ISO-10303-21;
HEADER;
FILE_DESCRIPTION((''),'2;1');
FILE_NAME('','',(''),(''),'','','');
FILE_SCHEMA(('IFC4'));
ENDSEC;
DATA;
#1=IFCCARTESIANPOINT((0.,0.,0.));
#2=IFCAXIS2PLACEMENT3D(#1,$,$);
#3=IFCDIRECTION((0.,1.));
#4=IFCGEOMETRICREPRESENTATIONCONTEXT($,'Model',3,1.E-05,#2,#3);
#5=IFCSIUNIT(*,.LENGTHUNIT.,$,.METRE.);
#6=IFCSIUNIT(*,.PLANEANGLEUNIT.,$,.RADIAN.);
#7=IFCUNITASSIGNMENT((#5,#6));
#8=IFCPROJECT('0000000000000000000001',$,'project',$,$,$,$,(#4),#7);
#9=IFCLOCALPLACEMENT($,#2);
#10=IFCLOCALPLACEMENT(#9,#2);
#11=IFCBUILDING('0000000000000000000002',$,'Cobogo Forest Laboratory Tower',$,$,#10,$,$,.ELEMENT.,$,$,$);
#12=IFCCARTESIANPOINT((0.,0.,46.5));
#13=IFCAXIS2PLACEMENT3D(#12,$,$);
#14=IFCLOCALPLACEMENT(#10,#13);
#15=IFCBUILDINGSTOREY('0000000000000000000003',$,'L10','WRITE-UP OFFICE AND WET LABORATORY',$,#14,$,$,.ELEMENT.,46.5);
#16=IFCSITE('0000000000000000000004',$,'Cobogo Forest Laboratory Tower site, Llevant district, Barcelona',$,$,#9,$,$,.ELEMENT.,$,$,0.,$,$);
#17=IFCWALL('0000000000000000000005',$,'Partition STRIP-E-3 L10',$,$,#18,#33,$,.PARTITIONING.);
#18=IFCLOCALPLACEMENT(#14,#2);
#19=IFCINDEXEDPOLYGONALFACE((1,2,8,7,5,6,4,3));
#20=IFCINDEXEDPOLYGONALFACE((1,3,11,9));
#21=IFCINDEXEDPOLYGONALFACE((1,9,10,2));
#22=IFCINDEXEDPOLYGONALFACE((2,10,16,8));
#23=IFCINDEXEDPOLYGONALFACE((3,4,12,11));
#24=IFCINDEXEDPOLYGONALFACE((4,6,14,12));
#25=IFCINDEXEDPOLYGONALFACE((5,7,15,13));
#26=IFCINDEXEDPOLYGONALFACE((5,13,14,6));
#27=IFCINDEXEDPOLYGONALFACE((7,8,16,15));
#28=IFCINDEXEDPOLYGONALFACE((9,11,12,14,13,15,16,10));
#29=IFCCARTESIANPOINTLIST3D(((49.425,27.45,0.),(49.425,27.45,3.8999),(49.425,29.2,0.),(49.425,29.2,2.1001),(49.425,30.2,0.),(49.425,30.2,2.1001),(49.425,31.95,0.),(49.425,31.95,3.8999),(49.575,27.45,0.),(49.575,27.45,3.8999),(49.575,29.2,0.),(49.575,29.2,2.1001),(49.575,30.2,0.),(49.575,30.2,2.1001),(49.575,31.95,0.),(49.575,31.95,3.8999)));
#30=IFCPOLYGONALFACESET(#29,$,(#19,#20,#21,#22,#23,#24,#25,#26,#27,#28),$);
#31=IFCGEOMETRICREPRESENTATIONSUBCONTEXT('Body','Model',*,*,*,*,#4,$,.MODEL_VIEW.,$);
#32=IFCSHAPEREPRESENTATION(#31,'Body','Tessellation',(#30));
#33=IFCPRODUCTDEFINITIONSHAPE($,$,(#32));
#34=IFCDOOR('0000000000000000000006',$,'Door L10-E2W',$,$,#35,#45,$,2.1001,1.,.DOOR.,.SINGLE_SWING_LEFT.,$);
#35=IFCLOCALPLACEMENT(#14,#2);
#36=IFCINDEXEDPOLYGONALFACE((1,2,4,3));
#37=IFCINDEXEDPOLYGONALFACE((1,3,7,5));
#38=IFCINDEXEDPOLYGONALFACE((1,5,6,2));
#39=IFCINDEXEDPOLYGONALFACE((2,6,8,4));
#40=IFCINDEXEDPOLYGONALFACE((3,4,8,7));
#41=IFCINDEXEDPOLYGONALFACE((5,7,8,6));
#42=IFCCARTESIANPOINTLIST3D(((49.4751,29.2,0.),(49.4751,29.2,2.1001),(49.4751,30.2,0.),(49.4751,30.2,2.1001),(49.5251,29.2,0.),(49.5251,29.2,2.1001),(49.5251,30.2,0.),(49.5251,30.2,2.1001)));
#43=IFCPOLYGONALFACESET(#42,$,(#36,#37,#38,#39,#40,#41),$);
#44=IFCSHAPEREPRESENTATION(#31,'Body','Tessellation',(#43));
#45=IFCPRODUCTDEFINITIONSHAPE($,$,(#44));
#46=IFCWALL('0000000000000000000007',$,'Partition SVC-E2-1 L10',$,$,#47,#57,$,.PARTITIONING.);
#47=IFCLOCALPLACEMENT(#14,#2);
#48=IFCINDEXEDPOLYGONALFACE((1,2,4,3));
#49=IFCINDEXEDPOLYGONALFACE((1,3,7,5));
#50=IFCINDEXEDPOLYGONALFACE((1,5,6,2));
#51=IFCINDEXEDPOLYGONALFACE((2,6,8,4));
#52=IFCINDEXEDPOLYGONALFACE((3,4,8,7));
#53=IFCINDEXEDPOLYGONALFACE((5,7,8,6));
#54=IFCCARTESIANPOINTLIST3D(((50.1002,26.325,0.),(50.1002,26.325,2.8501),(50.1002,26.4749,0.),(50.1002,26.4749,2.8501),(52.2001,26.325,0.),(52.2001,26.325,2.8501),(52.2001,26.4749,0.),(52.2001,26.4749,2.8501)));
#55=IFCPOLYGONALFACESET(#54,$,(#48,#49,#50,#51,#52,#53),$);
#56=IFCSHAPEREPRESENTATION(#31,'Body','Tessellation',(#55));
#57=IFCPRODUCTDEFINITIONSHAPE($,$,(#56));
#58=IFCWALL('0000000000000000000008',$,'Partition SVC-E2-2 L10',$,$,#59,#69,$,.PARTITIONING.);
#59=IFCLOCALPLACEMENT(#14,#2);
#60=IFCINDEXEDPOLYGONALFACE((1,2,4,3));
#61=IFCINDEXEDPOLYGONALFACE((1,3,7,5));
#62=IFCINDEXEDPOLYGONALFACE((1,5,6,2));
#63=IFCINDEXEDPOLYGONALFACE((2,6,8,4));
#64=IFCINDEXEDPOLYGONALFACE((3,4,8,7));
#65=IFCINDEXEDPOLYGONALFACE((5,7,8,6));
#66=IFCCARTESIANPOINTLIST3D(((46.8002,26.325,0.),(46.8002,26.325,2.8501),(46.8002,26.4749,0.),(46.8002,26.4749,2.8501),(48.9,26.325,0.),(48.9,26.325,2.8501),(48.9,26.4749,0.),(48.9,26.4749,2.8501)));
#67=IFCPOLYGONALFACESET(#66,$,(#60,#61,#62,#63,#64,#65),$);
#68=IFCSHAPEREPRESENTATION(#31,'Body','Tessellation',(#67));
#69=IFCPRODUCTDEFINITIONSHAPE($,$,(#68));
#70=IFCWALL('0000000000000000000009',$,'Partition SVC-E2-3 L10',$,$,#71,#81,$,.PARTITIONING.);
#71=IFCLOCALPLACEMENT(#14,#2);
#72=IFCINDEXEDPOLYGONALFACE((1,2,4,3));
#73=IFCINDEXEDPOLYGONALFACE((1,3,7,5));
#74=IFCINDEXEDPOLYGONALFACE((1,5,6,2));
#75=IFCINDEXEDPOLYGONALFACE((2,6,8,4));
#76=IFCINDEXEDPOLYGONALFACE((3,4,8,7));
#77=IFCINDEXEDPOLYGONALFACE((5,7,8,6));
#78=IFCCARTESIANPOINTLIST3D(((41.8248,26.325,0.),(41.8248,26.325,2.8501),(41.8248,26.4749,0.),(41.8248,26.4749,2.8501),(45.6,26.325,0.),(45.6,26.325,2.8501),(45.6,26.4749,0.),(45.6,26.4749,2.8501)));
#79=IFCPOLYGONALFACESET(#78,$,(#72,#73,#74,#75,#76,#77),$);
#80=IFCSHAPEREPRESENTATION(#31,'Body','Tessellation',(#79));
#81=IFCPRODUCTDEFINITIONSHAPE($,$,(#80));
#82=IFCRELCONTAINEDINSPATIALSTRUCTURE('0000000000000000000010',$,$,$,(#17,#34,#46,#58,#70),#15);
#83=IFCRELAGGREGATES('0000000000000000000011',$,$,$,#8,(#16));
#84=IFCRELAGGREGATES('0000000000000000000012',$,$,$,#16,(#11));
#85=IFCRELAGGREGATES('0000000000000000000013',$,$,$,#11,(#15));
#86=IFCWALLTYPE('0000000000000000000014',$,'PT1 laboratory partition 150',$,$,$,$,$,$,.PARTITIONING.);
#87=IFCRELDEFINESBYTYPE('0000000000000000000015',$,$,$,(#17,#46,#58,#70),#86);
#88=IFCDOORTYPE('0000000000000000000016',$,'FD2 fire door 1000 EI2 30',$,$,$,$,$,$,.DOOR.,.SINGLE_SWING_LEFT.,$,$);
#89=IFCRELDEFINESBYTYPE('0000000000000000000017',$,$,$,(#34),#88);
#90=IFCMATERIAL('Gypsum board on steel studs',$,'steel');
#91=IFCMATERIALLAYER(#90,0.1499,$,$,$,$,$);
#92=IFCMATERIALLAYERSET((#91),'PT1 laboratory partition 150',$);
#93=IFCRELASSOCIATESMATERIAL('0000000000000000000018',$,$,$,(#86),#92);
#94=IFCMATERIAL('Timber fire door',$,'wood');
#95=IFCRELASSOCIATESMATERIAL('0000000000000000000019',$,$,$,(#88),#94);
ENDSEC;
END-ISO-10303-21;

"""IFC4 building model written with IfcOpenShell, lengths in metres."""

from ifc_helpers import new_model, si_unit, direction, frame, frame_2d, origin, place, context, subcontext, project, spatial, rectangle, extrude, material, layer, layer_set, type_object, element, fill, save


model = new_model("IFC4")

# Units and contexts
model_context = context("Model", 3, precision=1e-05, world=origin(), true_north=direction((0.0, 1.0)))
body_context = subcontext(model_context, "Body", "Model", "MODEL_VIEW")
ifc_project = project(units=[si_unit("LENGTHUNIT", "METRE"), si_unit("PLANEANGLEUNIT", "RADIAN")], contexts=[model_context])

# Site, building, storey
site_placement = place(None, origin())
site = spatial("IfcSite", under=ifc_project, at=site_placement, Name="Cobogo Forest Laboratory Tower site, Llevant district, Barcelona", CompositionType="ELEMENT", RefElevation=0.0)
building_placement = place(site_placement, origin())
building = spatial("IfcBuilding", under=site, at=building_placement, Name="Cobogo Forest Laboratory Tower", CompositionType="ELEMENT")
storey_placement = place(building_placement, frame((0.0, 0.0, 46.5)))
storey = spatial("IfcBuildingStorey", under=building, at=storey_placement, Name="L10", Description="WRITE-UP OFFICE AND WET LABORATORY", CompositionType="ELEMENT", Elevation=46.5)

# Wall, opening, door
ifc_material_1 = material(Name="Gypsum board on steel studs", Category="steel")
ifc_layer_1 = layer(ifc_material_1, 0.1499)
ifc_layer_set_1 = layer_set([ifc_layer_1], Name="PT1 laboratory partition 150")
wall_type = type_object("IfcWallType", Name="PT1 laboratory partition 150", PredefinedType="PARTITIONING", material=ifc_layer_set_1)
wall_1_placement = place(storey_placement, frame((49.5, 27.45, 0.0), z_axis=(0.0, 0.0, 1.0), x_axis=(0.0, 1.0, 0.0)))
wall_1 = element("IfcWall", 1, at=wall_1_placement, inside=storey, type_object=wall_type, Name="Partition STRIP-E-3 L10", PredefinedType="PARTITIONING", context=body_context, shape_type="SweptSolid", body=[
    extrude(rectangle(XDim=4.5, YDim=0.1499, at=frame_2d((2.25, 0.0))), origin(), (0.0, 0.0, 1.0), 3.8999),
])
opening_placement = place(wall_1_placement, frame((1.75, 0.0, 0.0)))
opening = element("IfcOpeningElement", 2, at=opening_placement, cuts=wall_1, PredefinedType="OPENING", context=body_context, shape_type="SweptSolid", body=[
    extrude(rectangle(XDim=1.0, YDim=2.1001, at=frame_2d((0.5, 1.05))), frame((0.0, 0.085, 0.0), z_axis=(0.0, -1.0, 0.0), x_axis=(1.0, 0.0, 0.0)), (0.0, 0.0, 1.0), 0.1699),
])
ifc_material_2 = material(Name="Timber fire door", Category="wood")
door_type = type_object("IfcDoorType", Name="FD2 fire door 1000 EI2 30", OperationType="SINGLE_SWING_LEFT", PredefinedType="DOOR", material=ifc_material_2)
door_placement = place(opening_placement, origin())
door = element("IfcDoor", 3, at=door_placement, inside=storey, type_object=door_type, Name="Door L10-E2W", OperationType="SINGLE_SWING_LEFT", OverallHeight=2.1001, OverallWidth=1.0, PredefinedType="DOOR", context=body_context, shape_type="SweptSolid", body=[
    extrude(rectangle(XDim=1.0, YDim=2.1001, at=frame_2d((0.5, 1.05))), frame((0.0, 0.0249, 0.0), z_axis=(0.0, -1.0, 0.0), x_axis=(1.0, 0.0, 0.0)), (0.0, 0.0, 1.0), 0.05),
])
fill(opening, door)

# Walls
for number, where, z_axis, x_axis, name in (
    (4, (52.2, 26.3999, 0.0), (0.0, 0.0, 1.0), (-1.0, 0.0, 0.0), "Partition SVC-E2-1 L10"),
    (5, (48.8999, 26.3999, 0.0), (0.0, 0.0, 1.0), (-1.0, 0.0, 0.0), "Partition SVC-E2-2 L10"),
):
    element("IfcWall", number, at=place(storey_placement, frame(where, z_axis=z_axis, x_axis=x_axis)), inside=storey, type_object=wall_type, Name=name, PredefinedType="PARTITIONING", context=body_context, shape_type="SweptSolid", body=[
        extrude(rectangle(XDim=2.0999, YDim=0.1499, at=frame_2d((1.0498, 0.0))), origin(), (0.0, 0.0, 1.0), 2.8501),
    ])
wall_2_placement = place(storey_placement, frame((45.6001, 26.3999, 0.0), z_axis=(0.0, 0.0, 1.0), x_axis=(-1.0, 0.0, 0.0)))
element("IfcWall", 6, at=wall_2_placement, inside=storey, type_object=wall_type, Name="Partition SVC-E2-3 L10", PredefinedType="PARTITIONING", context=body_context, shape_type="SweptSolid", body=[
    extrude(rectangle(XDim=3.7751, YDim=0.1499, at=frame_2d((1.8877, 0.0))), origin(), (0.0, 0.0, 1.0), 2.8501),
])

save(model, "model.ifc")
